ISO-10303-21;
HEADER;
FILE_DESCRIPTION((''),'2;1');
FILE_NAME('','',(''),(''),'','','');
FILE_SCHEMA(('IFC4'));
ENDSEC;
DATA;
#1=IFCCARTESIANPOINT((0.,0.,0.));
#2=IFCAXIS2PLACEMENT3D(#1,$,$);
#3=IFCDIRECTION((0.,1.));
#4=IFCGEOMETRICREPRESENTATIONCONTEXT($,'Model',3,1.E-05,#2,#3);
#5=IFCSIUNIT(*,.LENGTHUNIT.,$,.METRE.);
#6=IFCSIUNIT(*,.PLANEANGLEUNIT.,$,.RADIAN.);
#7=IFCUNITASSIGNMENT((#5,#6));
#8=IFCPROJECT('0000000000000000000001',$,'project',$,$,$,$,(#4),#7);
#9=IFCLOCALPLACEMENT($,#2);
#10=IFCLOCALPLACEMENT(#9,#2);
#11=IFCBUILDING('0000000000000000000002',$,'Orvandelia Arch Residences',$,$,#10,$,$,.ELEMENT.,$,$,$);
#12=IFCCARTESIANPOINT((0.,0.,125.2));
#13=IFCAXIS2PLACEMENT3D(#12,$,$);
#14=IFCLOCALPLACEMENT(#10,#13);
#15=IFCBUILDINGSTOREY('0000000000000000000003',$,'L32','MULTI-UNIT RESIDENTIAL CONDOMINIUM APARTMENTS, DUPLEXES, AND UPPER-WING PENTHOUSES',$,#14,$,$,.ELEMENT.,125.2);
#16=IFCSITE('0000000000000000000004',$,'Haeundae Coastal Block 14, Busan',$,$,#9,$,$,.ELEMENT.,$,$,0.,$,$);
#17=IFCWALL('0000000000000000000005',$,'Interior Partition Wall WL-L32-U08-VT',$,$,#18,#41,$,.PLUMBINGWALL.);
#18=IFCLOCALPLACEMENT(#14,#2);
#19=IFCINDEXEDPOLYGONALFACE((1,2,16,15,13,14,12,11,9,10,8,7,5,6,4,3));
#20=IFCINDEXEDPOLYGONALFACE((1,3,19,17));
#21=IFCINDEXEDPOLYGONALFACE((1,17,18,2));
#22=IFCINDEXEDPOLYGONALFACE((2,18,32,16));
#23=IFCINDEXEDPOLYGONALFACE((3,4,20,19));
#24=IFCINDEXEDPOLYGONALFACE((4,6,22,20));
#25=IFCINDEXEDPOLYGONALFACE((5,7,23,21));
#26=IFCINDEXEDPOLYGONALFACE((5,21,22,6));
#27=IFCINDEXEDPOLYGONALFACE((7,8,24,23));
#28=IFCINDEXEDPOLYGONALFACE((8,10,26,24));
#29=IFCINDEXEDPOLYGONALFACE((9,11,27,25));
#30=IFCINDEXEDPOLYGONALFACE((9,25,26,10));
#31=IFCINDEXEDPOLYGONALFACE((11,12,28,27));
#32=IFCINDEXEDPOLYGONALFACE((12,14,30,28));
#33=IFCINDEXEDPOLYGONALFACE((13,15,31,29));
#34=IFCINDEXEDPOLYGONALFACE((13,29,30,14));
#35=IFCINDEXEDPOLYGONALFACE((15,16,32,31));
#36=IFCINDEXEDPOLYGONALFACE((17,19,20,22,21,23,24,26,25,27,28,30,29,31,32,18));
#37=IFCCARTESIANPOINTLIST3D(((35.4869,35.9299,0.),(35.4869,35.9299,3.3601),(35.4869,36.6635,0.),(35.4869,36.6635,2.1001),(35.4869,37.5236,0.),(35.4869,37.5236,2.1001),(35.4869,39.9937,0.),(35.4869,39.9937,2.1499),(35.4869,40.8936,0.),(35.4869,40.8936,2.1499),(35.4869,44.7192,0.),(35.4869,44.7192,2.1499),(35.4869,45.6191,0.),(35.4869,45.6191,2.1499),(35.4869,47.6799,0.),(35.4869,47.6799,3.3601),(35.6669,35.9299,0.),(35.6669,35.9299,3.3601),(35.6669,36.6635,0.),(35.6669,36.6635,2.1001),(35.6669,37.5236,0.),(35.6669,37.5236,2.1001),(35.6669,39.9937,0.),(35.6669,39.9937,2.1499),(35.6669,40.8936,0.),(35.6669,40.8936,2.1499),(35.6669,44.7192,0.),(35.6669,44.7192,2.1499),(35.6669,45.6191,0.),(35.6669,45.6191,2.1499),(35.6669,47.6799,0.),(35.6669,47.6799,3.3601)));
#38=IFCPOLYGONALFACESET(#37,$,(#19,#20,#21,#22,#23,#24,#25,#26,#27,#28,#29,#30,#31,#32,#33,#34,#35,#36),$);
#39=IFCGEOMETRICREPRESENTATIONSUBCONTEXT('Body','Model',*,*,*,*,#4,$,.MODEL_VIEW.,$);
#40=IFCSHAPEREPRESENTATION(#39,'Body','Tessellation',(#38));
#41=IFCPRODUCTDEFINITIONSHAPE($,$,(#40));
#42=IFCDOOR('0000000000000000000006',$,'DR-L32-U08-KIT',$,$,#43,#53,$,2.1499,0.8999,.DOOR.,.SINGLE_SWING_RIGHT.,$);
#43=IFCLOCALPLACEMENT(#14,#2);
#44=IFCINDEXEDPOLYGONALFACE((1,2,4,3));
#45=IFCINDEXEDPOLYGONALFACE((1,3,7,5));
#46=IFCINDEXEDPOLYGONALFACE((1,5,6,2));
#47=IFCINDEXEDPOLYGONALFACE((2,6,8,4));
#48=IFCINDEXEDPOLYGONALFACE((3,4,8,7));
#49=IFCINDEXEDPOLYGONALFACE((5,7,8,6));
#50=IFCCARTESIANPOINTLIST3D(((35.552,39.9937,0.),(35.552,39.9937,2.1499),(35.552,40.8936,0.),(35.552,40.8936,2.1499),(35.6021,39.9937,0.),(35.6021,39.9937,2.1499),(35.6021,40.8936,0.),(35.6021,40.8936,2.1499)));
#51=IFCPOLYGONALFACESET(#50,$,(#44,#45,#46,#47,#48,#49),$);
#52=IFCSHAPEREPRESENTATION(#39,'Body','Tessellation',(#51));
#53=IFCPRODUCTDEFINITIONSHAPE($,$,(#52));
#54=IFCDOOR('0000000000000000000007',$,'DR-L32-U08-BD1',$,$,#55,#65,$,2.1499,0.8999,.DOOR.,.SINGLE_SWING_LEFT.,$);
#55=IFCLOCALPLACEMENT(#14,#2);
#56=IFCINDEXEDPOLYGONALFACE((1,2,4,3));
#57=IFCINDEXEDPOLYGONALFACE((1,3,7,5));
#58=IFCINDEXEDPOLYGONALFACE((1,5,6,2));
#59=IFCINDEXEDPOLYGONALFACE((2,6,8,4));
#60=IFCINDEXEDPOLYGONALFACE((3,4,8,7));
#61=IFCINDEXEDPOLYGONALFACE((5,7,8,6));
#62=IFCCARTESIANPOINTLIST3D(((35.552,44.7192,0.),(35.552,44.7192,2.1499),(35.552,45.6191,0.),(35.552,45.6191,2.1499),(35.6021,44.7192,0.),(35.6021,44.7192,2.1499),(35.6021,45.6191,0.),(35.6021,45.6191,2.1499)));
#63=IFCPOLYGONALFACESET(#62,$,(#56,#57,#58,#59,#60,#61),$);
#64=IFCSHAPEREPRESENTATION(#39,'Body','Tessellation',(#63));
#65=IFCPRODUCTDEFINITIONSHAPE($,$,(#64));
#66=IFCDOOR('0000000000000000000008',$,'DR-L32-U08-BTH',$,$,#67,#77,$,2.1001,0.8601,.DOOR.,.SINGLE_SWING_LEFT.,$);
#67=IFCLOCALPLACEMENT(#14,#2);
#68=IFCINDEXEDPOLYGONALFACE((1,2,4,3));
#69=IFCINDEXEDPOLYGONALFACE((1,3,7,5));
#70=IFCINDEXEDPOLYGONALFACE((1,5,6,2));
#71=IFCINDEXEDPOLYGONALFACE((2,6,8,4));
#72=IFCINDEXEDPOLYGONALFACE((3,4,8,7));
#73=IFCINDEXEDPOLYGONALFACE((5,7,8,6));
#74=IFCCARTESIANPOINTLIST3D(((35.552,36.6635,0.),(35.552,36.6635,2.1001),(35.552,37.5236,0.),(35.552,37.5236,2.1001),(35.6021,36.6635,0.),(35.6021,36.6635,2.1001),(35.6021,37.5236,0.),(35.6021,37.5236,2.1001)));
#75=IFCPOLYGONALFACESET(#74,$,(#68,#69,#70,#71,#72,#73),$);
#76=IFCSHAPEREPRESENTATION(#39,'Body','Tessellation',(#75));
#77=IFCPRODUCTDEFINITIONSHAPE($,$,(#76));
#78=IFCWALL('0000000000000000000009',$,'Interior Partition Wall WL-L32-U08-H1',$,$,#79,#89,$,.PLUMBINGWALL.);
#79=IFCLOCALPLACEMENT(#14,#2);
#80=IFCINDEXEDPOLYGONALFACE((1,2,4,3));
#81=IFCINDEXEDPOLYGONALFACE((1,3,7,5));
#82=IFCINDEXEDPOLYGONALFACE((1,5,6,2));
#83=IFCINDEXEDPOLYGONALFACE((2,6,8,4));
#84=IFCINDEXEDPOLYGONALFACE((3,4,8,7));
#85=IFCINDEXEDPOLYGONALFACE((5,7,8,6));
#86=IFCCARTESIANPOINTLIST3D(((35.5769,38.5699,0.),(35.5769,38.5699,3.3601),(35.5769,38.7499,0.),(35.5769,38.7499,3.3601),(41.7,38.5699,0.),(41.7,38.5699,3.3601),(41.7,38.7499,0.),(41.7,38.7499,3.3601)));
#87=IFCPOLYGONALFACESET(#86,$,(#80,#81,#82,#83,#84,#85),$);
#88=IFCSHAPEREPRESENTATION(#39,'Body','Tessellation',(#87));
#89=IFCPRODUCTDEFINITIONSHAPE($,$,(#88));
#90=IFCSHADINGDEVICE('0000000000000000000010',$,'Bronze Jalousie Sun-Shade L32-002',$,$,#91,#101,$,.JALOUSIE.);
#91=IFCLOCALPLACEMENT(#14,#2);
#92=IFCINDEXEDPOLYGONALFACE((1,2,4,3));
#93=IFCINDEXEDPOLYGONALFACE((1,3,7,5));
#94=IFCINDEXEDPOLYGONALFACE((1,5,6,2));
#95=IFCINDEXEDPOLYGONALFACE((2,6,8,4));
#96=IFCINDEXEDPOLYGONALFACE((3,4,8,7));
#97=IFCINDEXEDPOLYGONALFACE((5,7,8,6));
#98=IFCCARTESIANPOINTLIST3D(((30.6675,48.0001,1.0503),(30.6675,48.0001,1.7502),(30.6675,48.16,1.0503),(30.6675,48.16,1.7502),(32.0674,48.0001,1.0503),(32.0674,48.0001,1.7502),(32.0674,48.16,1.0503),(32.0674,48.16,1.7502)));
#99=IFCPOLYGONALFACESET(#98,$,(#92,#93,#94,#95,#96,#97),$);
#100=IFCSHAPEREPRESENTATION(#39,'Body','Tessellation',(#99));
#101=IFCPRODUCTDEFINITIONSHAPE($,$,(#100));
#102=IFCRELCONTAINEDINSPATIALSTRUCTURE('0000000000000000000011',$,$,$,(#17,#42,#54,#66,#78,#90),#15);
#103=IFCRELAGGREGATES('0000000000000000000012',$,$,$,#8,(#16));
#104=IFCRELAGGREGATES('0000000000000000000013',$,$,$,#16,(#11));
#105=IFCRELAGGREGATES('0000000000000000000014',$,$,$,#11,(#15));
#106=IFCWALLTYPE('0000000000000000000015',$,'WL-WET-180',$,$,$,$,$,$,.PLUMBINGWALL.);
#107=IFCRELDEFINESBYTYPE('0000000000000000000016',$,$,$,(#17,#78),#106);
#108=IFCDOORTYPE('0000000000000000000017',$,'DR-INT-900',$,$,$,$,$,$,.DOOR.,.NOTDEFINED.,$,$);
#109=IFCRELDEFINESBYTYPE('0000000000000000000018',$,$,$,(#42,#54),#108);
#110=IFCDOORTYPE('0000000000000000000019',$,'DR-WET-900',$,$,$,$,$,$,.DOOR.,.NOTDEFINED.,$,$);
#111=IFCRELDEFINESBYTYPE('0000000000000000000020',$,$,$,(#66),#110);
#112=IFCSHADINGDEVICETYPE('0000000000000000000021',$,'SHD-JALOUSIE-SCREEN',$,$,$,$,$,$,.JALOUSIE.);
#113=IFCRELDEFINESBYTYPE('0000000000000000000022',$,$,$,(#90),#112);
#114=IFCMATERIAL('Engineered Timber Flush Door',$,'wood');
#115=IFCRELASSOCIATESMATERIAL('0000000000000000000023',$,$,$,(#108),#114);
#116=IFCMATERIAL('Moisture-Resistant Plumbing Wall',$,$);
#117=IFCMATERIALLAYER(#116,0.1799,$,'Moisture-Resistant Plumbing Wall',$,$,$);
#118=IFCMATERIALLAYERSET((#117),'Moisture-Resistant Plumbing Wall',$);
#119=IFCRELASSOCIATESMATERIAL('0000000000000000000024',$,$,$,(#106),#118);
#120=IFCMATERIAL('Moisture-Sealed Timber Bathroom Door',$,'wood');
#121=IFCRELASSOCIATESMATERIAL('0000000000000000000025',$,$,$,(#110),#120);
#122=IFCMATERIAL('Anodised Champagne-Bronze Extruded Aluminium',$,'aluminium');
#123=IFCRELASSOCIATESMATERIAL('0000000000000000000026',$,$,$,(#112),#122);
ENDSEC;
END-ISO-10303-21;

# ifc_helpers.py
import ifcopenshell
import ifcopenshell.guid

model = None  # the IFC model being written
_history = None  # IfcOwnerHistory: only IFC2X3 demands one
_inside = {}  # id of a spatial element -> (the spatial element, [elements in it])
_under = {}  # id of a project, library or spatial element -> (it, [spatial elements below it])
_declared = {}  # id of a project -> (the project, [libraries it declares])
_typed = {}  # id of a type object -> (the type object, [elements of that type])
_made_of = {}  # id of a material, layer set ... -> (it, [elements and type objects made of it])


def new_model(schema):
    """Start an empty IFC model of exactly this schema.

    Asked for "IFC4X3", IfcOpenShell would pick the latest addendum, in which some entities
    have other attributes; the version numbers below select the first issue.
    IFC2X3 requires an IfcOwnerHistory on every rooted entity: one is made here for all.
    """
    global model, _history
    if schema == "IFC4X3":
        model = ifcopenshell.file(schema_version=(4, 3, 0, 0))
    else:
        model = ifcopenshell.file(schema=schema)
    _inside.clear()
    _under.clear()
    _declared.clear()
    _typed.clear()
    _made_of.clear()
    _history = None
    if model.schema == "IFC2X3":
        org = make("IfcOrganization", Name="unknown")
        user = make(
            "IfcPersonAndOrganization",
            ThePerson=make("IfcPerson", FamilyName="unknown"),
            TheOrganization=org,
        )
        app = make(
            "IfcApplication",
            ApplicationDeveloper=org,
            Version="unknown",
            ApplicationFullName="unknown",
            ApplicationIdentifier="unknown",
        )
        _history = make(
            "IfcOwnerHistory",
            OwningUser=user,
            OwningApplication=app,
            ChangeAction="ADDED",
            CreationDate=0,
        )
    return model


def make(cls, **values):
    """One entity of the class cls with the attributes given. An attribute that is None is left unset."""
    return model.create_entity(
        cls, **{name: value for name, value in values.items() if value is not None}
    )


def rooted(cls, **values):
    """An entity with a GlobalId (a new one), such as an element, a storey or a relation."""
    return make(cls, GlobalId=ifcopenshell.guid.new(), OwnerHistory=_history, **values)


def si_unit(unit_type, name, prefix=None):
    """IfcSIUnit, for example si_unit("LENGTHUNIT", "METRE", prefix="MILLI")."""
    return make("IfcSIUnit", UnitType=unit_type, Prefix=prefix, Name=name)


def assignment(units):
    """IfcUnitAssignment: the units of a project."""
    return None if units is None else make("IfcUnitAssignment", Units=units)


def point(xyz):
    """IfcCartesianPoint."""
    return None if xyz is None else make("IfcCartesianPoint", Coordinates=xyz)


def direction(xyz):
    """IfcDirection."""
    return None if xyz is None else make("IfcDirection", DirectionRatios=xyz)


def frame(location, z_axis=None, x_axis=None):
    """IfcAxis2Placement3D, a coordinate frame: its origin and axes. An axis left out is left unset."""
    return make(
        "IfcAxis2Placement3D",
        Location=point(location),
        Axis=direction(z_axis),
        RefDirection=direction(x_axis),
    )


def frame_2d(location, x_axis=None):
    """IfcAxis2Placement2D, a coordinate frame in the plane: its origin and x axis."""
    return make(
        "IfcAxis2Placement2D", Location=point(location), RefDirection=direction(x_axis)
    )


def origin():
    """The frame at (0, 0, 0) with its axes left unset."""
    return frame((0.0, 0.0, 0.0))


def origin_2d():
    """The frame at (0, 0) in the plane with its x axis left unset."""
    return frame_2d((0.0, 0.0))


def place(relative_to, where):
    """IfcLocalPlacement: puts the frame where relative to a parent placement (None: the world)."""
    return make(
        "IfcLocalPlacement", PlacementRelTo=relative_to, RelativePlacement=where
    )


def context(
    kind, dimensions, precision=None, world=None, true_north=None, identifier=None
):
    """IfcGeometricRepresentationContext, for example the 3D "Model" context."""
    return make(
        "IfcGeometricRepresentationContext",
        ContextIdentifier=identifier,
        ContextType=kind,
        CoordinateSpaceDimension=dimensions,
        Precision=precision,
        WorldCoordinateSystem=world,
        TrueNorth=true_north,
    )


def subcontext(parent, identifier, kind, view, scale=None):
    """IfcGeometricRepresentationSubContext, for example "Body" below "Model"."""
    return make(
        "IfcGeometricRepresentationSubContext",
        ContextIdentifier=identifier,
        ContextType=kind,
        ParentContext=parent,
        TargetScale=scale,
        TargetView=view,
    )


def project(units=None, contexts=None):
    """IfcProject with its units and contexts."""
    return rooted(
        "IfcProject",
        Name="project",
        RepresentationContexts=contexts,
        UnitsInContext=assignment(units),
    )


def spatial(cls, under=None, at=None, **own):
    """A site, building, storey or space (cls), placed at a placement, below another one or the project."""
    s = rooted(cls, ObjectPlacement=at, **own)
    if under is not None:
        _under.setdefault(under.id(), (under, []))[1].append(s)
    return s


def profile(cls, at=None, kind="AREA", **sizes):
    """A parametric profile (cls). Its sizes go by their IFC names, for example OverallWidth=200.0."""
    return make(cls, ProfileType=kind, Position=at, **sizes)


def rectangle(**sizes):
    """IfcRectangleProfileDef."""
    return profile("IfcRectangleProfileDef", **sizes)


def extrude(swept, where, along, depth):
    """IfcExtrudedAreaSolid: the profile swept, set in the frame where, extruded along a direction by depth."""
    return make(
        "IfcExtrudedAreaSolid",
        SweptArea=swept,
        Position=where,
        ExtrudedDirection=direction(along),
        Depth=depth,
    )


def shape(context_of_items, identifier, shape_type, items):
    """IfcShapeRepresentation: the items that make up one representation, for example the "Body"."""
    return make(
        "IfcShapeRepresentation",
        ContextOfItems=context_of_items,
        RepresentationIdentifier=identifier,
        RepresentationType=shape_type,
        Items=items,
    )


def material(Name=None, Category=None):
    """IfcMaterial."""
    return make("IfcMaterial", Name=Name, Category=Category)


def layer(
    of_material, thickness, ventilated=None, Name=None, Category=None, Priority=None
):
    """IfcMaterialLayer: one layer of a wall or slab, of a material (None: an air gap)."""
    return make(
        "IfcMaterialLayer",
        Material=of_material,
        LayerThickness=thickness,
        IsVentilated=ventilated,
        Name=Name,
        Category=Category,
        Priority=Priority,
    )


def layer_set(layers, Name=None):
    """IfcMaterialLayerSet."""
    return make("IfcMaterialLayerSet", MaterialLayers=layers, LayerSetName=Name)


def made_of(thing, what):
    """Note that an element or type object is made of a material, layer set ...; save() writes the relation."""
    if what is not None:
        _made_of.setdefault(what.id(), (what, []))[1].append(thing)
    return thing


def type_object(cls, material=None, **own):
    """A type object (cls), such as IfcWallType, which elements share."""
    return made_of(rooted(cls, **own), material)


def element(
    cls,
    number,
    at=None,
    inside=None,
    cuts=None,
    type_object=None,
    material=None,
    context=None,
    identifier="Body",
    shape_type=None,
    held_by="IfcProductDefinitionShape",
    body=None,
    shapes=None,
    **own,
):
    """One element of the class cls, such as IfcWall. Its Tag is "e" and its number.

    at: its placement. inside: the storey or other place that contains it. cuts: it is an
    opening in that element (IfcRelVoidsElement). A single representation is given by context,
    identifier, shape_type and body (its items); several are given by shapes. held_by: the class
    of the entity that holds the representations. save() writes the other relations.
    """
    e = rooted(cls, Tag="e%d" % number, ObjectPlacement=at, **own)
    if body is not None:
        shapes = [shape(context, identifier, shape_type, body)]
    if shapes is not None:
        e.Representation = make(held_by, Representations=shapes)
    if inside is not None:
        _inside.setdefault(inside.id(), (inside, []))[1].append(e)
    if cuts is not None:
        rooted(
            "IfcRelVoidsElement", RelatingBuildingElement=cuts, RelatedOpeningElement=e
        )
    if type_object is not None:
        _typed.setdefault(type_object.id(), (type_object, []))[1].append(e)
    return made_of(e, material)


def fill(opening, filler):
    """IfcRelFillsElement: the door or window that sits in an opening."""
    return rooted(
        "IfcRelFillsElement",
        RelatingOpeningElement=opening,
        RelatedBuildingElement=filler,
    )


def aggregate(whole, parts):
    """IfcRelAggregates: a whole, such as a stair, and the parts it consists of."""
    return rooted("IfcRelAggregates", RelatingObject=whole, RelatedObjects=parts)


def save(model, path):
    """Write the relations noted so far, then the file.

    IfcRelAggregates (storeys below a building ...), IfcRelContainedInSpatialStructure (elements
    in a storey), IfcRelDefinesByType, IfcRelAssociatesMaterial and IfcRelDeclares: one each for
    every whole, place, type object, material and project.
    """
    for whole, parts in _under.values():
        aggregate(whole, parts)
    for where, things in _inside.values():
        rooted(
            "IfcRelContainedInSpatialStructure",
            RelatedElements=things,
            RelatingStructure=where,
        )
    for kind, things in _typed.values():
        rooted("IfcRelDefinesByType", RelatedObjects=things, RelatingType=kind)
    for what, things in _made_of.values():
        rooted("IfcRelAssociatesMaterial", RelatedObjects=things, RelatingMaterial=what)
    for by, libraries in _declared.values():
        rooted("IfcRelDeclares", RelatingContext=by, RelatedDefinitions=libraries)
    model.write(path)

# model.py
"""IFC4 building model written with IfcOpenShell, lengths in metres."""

from ifc_helpers import new_model, si_unit, direction, frame, frame_2d, origin, origin_2d, place, context, subcontext, project, spatial, rectangle, extrude, material, layer, layer_set, type_object, element, fill, save


model = new_model("IFC4")

# Units and contexts
model_context = context("Model", 3, precision=1e-05, world=origin(), true_north=direction((0.0, 1.0)))
body_context = subcontext(model_context, "Body", "Model", "MODEL_VIEW")
ifc_project = project(units=[si_unit("LENGTHUNIT", "METRE"), si_unit("PLANEANGLEUNIT", "RADIAN")], contexts=[model_context])

# Site, building, storey
site_placement = place(None, origin())
site = spatial("IfcSite", under=ifc_project, at=site_placement, Name="Haeundae Coastal Block 14, Busan", CompositionType="ELEMENT", RefElevation=0.0)
building_placement = place(site_placement, origin())
building = spatial("IfcBuilding", under=site, at=building_placement, Name="Orvandelia Arch Residences", CompositionType="ELEMENT")
storey_placement = place(building_placement, frame((0.0, 0.0, 125.2)))
storey = spatial("IfcBuildingStorey", under=building, at=storey_placement, Name="L32", Description="MULTI-UNIT RESIDENTIAL CONDOMINIUM APARTMENTS, DUPLEXES, AND UPPER-WING PENTHOUSES", CompositionType="ELEMENT", Elevation=125.2)

# Shared definitions
ifc_material_1 = material(Name="Engineered Timber Flush Door", Category="wood")
door_type_1 = type_object("IfcDoorType", Name="DR-INT-900", OperationType="NOTDEFINED", PredefinedType="DOOR", material=ifc_material_1)

# Wall, openings, doors
ifc_material_2 = material(Name="Moisture-Resistant Plumbing Wall")
ifc_layer_1 = layer(ifc_material_2, 0.1799, Name="Moisture-Resistant Plumbing Wall")
ifc_layer_set_1 = layer_set([ifc_layer_1], Name="Moisture-Resistant Plumbing Wall")
wall_type_1 = type_object("IfcWallType", Name="WL-WET-180", PredefinedType="PLUMBINGWALL", material=ifc_layer_set_1)
wall_1_placement = place(storey_placement, frame((35.5769, 35.9299, 0.0), z_axis=(0.0, 0.0, 1.0), x_axis=(0.0, 1.0, 0.0)))
wall_1 = element("IfcWall", 1, at=wall_1_placement, inside=storey, type_object=wall_type_1, Name="Interior Partition Wall WL-L32-U08-VT", PredefinedType="PLUMBINGWALL", context=body_context, shape_type="SweptSolid", body=[
    extrude(rectangle(XDim=11.75, YDim=0.1799, at=frame_2d((5.875, 0.0))), origin(), (0.0, 0.0, 1.0), 3.3601),
])
opening_1_placement = place(wall_1_placement, frame((0.7334, 0.0, 0.0)))
opening_1 = element("IfcOpeningElement", 2, at=opening_1_placement, cuts=wall_1, PredefinedType="OPENING", context=body_context, shape_type="SweptSolid", body=[
    extrude(rectangle(XDim=0.8601, YDim=2.1001, at=frame_2d((0.4302, 1.05))), frame((0.0, 0.1001, 0.0), z_axis=(0.0, -1.0, 0.0), x_axis=(1.0, 0.0, 0.0)), (0.0, 0.0, 1.0), 0.2),
])
opening_2_placement = place(wall_1_placement, frame((4.0637, 0.0, 0.0)))
opening_2 = element("IfcOpeningElement", 3, at=opening_2_placement, cuts=wall_1, PredefinedType="OPENING", context=body_context, shape_type="SweptSolid", body=[
    extrude(rectangle(XDim=0.8999, YDim=2.1499, at=frame_2d((0.45, 1.075))), frame((0.0, 0.1001, 0.0), z_axis=(0.0, -1.0, 0.0), x_axis=(1.0, 0.0, 0.0)), (0.0, 0.0, 1.0), 0.2),
])
opening_3_placement = place(wall_1_placement, frame((8.7893, 0.0, 0.0)))
opening_3 = element("IfcOpeningElement", 4, at=opening_3_placement, cuts=wall_1, PredefinedType="OPENING", context=body_context, shape_type="SweptSolid", body=[
    extrude(rectangle(XDim=0.8999, YDim=2.1499, at=frame_2d((0.45, 1.075))), frame((0.0, 0.1001, 0.0), z_axis=(0.0, -1.0, 0.0), x_axis=(1.0, 0.0, 0.0)), (0.0, 0.0, 1.0), 0.2),
])
door_1_placement = place(opening_2_placement, origin())
door_1 = element("IfcDoor", 5, at=door_1_placement, inside=storey, type_object=door_type_1, Name="DR-L32-U08-KIT", OperationType="SINGLE_SWING_RIGHT", OverallHeight=2.1499, OverallWidth=0.8999, PredefinedType="DOOR", context=body_context, shape_type="SweptSolid", body=[
    extrude(rectangle(XDim=0.8999, YDim=2.1499, at=frame_2d((0.45, 1.075))), frame((0.0, 0.0249, 0.0), z_axis=(0.0, -1.0, 0.0), x_axis=(1.0, 0.0, 0.0)), (0.0, 0.0, 1.0), 0.05),
])
fill(opening_2, door_1)
door_2_placement = place(opening_3_placement, origin())
door_2 = element("IfcDoor", 6, at=door_2_placement, inside=storey, type_object=door_type_1, Name="DR-L32-U08-BD1", OperationType="SINGLE_SWING_LEFT", OverallHeight=2.1499, OverallWidth=0.8999, PredefinedType="DOOR", context=body_context, shape_type="SweptSolid", body=[
    extrude(rectangle(XDim=0.8999, YDim=2.1499, at=frame_2d((0.45, 1.075))), frame((0.0, 0.0249, 0.0), z_axis=(0.0, -1.0, 0.0), x_axis=(1.0, 0.0, 0.0)), (0.0, 0.0, 1.0), 0.05),
])
fill(opening_3, door_2)
ifc_material_3 = material(Name="Moisture-Sealed Timber Bathroom Door", Category="wood")
door_type_2 = type_object("IfcDoorType", Name="DR-WET-900", OperationType="NOTDEFINED", PredefinedType="DOOR", material=ifc_material_3)
door_3_placement = place(opening_1_placement, origin())
door_3 = element("IfcDoor", 7, at=door_3_placement, inside=storey, type_object=door_type_2, Name="DR-L32-U08-BTH", OperationType="SINGLE_SWING_LEFT", OverallHeight=2.1001, OverallWidth=0.8601, PredefinedType="DOOR", context=body_context, shape_type="SweptSolid", body=[
    extrude(rectangle(XDim=0.8601, YDim=2.1001, at=frame_2d((0.4302, 1.05))), frame((0.0, 0.0249, 0.0), z_axis=(0.0, -1.0, 0.0), x_axis=(1.0, 0.0, 0.0)), (0.0, 0.0, 1.0), 0.05),
])
fill(opening_1, door_3)

# Wall
wall_2_placement = place(storey_placement, frame((35.5769, 38.6599, 0.0), z_axis=(0.0, 0.0, 1.0), x_axis=(1.0, 0.0, 0.0)))
element("IfcWall", 8, at=wall_2_placement, inside=storey, type_object=wall_type_1, Name="Interior Partition Wall WL-L32-U08-H1", PredefinedType="PLUMBINGWALL", context=body_context, shape_type="SweptSolid", body=[
    extrude(rectangle(XDim=6.123, YDim=0.1799, at=frame_2d((3.0615, 0.0))), origin(), (0.0, 0.0, 1.0), 3.3601),
])

# Shading device
ifc_material_4 = material(Name="Anodised Champagne-Bronze Extruded Aluminium", Category="aluminium")
shading_device_type = type_object("IfcShadingDeviceType", Name="SHD-JALOUSIE-SCREEN", PredefinedType="JALOUSIE", material=ifc_material_4)
shading_device_placement = place(storey_placement, frame((31.3674, 48.0801, 1.0503), z_axis=(0.0, 0.0, 1.0), x_axis=(1.0, 0.0, 0.0)))
element("IfcShadingDevice", 9, at=shading_device_placement, inside=storey, type_object=shading_device_type, Name="Bronze Jalousie Sun-Shade L32-002", PredefinedType="JALOUSIE", context=body_context, shape_type="SweptSolid", body=[
    extrude(rectangle(XDim=1.3999, YDim=0.1599, at=origin_2d()), origin(), (0.0, 0.0, 1.0), 0.7),
])

save(model, "model.ifc")
